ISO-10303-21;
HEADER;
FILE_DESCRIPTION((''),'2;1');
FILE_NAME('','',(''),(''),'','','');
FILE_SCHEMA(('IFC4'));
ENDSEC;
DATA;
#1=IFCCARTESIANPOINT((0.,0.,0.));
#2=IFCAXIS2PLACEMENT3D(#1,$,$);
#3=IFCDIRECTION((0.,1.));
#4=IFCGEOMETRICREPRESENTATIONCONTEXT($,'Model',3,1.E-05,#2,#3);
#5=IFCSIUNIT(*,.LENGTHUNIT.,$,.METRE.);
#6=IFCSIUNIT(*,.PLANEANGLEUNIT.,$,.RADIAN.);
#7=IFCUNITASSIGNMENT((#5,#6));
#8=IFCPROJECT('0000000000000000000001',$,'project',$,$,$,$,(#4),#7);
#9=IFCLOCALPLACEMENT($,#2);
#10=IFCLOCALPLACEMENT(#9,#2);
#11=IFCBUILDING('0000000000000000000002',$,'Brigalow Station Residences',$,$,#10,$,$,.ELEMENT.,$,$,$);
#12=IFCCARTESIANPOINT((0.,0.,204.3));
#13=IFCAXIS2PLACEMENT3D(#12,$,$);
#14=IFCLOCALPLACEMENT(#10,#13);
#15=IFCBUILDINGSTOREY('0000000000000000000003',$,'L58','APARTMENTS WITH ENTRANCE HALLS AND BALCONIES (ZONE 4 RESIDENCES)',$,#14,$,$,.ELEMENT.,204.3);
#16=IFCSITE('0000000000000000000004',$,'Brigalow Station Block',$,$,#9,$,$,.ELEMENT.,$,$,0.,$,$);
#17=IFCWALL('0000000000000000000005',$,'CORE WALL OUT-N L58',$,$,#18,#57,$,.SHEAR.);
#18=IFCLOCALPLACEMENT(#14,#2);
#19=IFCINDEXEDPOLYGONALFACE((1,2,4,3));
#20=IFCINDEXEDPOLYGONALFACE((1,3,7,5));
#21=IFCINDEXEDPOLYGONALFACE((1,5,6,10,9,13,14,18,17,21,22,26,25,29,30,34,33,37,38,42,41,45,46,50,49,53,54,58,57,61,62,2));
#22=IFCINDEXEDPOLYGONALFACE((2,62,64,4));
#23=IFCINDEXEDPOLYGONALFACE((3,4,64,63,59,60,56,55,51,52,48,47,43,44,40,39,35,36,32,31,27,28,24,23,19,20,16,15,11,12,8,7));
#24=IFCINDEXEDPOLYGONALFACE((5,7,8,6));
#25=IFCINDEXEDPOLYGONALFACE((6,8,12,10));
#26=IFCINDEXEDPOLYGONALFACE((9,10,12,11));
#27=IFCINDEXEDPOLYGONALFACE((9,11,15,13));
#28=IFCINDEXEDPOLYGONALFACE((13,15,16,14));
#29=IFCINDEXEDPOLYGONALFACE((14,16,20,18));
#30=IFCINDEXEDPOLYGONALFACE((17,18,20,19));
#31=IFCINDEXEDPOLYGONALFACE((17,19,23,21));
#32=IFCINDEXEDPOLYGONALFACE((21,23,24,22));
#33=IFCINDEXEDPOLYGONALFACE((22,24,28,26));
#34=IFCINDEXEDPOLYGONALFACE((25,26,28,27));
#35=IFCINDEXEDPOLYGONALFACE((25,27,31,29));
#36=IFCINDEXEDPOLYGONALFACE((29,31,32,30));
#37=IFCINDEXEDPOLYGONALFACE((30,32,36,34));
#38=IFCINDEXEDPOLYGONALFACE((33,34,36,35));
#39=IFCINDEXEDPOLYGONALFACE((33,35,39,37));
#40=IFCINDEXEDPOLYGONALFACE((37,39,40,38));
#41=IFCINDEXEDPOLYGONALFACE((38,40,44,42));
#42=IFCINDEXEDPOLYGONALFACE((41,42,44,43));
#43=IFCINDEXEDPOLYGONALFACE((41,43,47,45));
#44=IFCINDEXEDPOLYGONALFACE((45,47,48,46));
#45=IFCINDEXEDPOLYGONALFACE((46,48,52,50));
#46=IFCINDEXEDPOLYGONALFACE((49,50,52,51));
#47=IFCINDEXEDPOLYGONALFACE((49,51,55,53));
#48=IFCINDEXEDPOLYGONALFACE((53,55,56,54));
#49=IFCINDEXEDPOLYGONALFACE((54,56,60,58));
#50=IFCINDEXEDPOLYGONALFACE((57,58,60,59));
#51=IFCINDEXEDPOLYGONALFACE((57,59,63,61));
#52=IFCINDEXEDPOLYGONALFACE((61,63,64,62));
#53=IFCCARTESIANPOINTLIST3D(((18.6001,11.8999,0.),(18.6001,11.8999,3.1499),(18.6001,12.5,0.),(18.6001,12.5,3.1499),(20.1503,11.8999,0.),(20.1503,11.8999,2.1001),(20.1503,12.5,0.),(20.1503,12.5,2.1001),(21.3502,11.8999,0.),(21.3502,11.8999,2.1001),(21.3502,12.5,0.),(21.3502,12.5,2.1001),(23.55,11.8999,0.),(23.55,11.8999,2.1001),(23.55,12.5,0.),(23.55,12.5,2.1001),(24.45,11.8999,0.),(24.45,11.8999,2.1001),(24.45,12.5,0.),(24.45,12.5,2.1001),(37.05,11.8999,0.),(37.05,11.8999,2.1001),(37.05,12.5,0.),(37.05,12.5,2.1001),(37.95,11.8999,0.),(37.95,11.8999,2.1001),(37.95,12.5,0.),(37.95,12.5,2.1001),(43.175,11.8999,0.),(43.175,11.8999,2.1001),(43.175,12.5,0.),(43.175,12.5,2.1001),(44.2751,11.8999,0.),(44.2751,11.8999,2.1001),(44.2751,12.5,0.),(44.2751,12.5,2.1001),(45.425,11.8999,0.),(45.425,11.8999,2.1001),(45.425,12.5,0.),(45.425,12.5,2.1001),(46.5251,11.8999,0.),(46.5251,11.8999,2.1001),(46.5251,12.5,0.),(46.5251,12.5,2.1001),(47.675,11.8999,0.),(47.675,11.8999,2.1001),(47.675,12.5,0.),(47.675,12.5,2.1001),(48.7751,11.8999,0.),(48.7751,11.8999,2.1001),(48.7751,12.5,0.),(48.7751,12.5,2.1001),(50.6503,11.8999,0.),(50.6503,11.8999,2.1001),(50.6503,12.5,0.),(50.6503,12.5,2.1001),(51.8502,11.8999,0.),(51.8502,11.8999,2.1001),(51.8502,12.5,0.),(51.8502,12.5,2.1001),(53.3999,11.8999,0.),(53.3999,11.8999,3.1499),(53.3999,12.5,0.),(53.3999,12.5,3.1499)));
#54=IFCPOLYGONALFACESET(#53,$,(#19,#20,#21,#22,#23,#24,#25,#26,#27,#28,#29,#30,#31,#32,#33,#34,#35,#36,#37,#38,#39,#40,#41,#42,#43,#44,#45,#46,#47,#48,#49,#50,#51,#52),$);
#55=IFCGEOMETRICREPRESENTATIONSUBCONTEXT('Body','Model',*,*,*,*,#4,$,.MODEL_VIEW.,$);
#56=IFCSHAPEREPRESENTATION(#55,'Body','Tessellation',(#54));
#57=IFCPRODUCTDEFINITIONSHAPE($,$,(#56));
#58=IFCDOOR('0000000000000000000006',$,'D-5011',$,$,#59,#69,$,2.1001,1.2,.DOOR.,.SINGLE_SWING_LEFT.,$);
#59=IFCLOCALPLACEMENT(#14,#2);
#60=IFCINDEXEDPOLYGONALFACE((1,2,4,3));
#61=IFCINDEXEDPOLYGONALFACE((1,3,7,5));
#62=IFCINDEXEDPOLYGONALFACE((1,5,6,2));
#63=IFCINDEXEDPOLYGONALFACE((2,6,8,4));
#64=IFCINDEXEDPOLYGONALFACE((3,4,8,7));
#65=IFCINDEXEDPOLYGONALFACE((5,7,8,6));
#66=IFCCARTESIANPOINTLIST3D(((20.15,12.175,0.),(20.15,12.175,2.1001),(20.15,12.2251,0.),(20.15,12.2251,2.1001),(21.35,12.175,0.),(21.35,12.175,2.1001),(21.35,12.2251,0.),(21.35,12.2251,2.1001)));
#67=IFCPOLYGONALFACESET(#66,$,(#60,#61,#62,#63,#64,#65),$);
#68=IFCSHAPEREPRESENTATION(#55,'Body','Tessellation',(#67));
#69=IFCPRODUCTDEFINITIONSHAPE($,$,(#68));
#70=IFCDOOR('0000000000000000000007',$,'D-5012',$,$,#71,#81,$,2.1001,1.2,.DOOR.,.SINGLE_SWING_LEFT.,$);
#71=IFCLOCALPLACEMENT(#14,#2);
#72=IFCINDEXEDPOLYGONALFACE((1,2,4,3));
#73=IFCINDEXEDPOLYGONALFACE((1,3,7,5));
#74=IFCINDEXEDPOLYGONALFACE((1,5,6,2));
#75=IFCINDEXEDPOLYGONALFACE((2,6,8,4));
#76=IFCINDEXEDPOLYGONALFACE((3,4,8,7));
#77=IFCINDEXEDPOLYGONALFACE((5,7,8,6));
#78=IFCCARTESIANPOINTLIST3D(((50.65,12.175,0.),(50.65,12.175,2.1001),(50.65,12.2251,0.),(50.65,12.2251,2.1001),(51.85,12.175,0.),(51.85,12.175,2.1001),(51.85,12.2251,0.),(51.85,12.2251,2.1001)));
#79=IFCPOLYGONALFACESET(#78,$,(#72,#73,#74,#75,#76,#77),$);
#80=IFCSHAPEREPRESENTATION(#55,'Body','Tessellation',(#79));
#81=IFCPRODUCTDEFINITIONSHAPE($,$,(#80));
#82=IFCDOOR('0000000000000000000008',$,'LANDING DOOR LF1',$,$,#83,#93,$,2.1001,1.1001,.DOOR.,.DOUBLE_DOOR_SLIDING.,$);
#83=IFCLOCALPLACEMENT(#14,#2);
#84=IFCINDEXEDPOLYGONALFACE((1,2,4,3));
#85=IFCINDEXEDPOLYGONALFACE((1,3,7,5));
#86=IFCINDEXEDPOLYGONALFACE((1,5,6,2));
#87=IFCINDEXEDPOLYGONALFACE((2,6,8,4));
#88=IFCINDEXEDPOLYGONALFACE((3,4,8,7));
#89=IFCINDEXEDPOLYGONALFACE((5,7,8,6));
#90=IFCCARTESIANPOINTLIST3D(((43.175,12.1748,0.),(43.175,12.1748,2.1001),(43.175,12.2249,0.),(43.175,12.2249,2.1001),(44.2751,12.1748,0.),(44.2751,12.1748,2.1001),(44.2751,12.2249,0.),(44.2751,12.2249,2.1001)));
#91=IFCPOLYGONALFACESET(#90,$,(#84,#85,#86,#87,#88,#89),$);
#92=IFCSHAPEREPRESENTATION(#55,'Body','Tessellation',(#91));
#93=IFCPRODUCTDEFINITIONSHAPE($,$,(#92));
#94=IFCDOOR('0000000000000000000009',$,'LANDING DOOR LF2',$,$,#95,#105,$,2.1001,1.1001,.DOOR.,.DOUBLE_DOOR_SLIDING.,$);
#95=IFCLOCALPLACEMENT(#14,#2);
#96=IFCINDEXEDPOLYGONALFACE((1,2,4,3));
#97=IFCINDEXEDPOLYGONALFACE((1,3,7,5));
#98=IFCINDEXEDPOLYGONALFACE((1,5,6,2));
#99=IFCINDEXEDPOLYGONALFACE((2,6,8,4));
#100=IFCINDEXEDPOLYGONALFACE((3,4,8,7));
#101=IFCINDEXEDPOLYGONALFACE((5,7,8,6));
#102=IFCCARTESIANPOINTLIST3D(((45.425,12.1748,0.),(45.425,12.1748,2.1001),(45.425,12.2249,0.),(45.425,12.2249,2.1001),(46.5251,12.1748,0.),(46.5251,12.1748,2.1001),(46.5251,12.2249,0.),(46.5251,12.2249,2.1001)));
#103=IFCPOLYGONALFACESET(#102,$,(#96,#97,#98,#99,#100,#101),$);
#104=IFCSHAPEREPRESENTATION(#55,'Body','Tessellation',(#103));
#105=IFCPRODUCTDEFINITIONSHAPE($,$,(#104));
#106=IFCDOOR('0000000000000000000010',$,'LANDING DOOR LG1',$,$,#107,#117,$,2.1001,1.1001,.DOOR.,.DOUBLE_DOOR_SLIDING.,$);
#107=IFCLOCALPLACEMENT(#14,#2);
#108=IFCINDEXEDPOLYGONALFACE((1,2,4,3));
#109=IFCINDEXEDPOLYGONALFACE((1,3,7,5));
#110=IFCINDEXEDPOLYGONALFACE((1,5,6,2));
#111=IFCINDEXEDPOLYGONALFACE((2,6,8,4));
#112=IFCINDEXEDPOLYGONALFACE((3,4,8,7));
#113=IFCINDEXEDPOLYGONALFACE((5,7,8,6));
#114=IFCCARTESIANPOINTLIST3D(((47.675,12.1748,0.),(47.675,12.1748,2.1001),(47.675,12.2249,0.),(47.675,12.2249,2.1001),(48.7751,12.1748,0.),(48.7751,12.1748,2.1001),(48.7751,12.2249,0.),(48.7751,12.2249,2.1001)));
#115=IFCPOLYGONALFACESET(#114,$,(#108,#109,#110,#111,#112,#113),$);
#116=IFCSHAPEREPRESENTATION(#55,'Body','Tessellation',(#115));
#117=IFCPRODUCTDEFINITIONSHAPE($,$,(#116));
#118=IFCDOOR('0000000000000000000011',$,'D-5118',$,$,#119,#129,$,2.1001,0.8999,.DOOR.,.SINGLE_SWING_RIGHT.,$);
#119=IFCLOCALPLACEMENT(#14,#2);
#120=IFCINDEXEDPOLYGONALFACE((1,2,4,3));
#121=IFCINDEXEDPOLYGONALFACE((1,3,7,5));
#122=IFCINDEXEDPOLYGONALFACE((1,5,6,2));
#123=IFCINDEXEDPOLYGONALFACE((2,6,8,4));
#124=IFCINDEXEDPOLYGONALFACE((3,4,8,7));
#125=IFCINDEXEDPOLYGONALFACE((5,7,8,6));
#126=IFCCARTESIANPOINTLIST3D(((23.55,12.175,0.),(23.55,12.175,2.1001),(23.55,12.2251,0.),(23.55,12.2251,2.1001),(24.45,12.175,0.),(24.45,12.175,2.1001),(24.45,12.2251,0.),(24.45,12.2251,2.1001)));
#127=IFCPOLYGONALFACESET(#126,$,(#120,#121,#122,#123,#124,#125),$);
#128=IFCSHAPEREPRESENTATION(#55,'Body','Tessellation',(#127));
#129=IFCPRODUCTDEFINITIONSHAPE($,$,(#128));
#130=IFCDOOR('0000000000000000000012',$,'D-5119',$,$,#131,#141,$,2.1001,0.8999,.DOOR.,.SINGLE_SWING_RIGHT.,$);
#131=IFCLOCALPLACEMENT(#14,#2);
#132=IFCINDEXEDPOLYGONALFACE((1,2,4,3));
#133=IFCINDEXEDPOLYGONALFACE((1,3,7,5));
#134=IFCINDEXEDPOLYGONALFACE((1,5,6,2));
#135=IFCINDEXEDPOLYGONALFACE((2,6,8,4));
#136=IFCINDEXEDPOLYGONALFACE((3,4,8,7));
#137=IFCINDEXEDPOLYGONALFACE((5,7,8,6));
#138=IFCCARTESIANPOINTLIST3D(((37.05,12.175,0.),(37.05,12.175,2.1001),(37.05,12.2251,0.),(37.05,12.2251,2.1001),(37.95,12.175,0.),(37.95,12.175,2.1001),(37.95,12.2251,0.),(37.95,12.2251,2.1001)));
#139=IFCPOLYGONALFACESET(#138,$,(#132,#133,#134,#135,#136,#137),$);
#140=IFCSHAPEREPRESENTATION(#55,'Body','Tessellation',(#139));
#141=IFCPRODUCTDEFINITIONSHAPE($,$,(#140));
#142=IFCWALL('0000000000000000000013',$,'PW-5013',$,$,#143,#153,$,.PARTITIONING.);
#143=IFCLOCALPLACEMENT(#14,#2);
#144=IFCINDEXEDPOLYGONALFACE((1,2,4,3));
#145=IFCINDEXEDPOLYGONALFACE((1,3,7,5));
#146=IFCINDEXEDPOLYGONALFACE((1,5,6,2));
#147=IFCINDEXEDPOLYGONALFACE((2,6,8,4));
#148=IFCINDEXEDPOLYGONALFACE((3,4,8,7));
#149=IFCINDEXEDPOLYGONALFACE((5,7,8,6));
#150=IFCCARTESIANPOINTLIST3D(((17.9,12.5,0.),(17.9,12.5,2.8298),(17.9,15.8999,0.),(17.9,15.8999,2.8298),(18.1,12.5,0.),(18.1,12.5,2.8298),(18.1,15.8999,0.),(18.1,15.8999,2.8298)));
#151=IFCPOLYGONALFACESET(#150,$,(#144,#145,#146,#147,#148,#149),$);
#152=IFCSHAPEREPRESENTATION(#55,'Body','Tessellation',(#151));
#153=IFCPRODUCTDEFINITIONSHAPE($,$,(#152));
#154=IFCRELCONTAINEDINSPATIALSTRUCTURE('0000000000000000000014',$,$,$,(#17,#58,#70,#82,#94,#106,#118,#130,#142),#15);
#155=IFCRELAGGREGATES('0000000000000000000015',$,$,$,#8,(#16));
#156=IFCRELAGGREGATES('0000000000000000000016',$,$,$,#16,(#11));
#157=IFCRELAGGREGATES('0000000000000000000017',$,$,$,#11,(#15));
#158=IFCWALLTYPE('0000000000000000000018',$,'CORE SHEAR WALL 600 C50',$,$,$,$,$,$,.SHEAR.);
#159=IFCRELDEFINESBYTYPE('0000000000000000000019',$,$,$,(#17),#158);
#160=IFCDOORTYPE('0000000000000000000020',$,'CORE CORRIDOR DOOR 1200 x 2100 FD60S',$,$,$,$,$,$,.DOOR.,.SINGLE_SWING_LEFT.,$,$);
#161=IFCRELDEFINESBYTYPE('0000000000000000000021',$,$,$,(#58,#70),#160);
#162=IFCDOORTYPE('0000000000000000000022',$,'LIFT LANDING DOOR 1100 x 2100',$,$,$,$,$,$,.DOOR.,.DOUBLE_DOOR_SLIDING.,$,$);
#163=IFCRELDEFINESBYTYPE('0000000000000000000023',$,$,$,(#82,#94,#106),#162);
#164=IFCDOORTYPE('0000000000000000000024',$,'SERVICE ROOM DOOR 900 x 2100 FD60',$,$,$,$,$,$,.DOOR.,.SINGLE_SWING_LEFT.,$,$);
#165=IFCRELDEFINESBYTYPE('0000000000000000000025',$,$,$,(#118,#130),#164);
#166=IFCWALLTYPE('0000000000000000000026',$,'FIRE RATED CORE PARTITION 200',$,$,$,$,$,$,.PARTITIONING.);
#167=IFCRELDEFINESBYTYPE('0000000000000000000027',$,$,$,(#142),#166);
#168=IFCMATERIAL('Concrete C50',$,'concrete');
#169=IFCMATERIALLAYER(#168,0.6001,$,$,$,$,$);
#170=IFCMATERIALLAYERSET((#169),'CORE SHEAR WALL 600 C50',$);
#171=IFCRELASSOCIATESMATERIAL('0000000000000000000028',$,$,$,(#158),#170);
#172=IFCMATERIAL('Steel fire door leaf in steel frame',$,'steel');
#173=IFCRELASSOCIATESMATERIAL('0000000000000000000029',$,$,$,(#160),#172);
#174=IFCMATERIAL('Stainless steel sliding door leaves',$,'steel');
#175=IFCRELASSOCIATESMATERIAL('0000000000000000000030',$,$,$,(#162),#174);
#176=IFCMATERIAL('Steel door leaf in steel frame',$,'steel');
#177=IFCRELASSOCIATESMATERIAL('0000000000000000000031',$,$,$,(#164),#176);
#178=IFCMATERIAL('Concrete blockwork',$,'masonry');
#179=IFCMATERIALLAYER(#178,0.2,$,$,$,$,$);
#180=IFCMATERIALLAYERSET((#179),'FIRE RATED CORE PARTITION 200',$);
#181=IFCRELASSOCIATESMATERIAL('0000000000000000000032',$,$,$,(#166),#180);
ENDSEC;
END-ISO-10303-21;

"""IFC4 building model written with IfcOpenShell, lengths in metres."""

from ifc_helpers import new_model, si_unit, direction, frame, frame_2d, origin, place, context, subcontext, project, spatial, rectangle, extrude, material, layer, layer_set, type_object, element, fill, save


model = new_model("IFC4")

# Units and contexts
model_context = context("Model", 3, precision=1e-05, world=origin(), true_north=direction((0.0, 1.0)))
body_context = subcontext(model_context, "Body", "Model", "MODEL_VIEW")
ifc_project = project(units=[si_unit("LENGTHUNIT", "METRE"), si_unit("PLANEANGLEUNIT", "RADIAN")], contexts=[model_context])

# Site, building, storey
site_placement = place(None, origin())
site = spatial("IfcSite", under=ifc_project, at=site_placement, Name="Brigalow Station Block", CompositionType="ELEMENT", RefElevation=0.0)
building_placement = place(site_placement, origin())
building = spatial("IfcBuilding", under=site, at=building_placement, Name="Brigalow Station Residences", CompositionType="ELEMENT")
storey_placement = place(building_placement, frame((0.0, 0.0, 204.3)))
storey = spatial("IfcBuildingStorey", under=building, at=storey_placement, Name="L58", Description="APARTMENTS WITH ENTRANCE HALLS AND BALCONIES (ZONE 4 RESIDENCES)", CompositionType="ELEMENT", Elevation=204.3)

# Wall, openings, doors
ifc_material_1 = material(Name="Concrete C50", Category="concrete")
ifc_layer_1 = layer(ifc_material_1, 0.6001)
ifc_layer_set_1 = layer_set([ifc_layer_1], Name="CORE SHEAR WALL 600 C50")
wall_type_1 = type_object("IfcWallType", Name="CORE SHEAR WALL 600 C50", PredefinedType="SHEAR", material=ifc_layer_set_1)
wall_1_placement = place(storey_placement, frame((18.6001, 12.2, 0.0), z_axis=(0.0, 0.0, 1.0), x_axis=(1.0, 0.0, 0.0)))
wall_1 = element("IfcWall", 1, at=wall_1_placement, inside=storey, type_object=wall_type_1, Name="CORE WALL OUT-N L58", PredefinedType="SHEAR", context=body_context, shape_type="SweptSolid", body=[
    extrude(rectangle(XDim=34.7998, YDim=0.6001, at=frame_2d((17.3999, 0.0))), origin(), (0.0, 0.0, 1.0), 3.1499),
])
opening_1_placement = place(wall_1_placement, frame((24.575, 0.0, 0.0)))
opening_1 = element("IfcOpeningElement", 2, at=opening_1_placement, cuts=wall_1, PredefinedType="OPENING", context=body_context, shape_type="SweptSolid", body=[
    extrude(rectangle(XDim=1.1001, YDim=2.1001, at=frame_2d((0.55, 1.05))), frame((0.0, 0.3101, 0.0), z_axis=(0.0, -1.0, 0.0), x_axis=(1.0, 0.0, 0.0)), (0.0, 0.0, 1.0), 0.6201),
])
opening_2_placement = place(wall_1_placement, frame((26.825, 0.0, 0.0)))
opening_2 = element("IfcOpeningElement", 3, at=opening_2_placement, cuts=wall_1, PredefinedType="OPENING", context=body_context, shape_type="SweptSolid", body=[
    extrude(rectangle(XDim=1.1001, YDim=2.1001, at=frame_2d((0.55, 1.05))), frame((0.0, 0.3101, 0.0), z_axis=(0.0, -1.0, 0.0), x_axis=(1.0, 0.0, 0.0)), (0.0, 0.0, 1.0), 0.6201),
])
opening_3_placement = place(wall_1_placement, frame((29.075, 0.0, 0.0)))
opening_3 = element("IfcOpeningElement", 4, at=opening_3_placement, cuts=wall_1, PredefinedType="OPENING", context=body_context, shape_type="SweptSolid", body=[
    extrude(rectangle(XDim=1.1001, YDim=2.1001, at=frame_2d((0.55, 1.05))), frame((0.0, 0.3101, 0.0), z_axis=(0.0, -1.0, 0.0), x_axis=(1.0, 0.0, 0.0)), (0.0, 0.0, 1.0), 0.6201),
])
opening_4_placement = place(wall_1_placement, frame((4.95, 0.0, 0.0)))
opening_4 = element("IfcOpeningElement", 5, at=opening_4_placement, cuts=wall_1, PredefinedType="OPENING", context=body_context, shape_type="SweptSolid", body=[
    extrude(rectangle(XDim=0.8999, YDim=2.1001, at=frame_2d((0.45, 1.05))), frame((0.0, 0.3101, 0.0), z_axis=(0.0, -1.0, 0.0), x_axis=(1.0, 0.0, 0.0)), (0.0, 0.0, 1.0), 0.6201),
])
opening_5_placement = place(wall_1_placement, frame((18.45, 0.0, 0.0)))
opening_5 = element("IfcOpeningElement", 6, at=opening_5_placement, cuts=wall_1, PredefinedType="OPENING", context=body_context, shape_type="SweptSolid", body=[
    extrude(rectangle(XDim=0.8999, YDim=2.1001, at=frame_2d((0.45, 1.05))), frame((0.0, 0.3101, 0.0), z_axis=(0.0, -1.0, 0.0), x_axis=(1.0, 0.0, 0.0)), (0.0, 0.0, 1.0), 0.6201),
])
opening_6_placement = place(wall_1_placement, frame((1.55, 0.0, 0.0)))
opening_6 = element("IfcOpeningElement", 7, at=opening_6_placement, cuts=wall_1, PredefinedType="OPENING", context=body_context, shape_type="SweptSolid", body=[
    extrude(rectangle(XDim=1.2, YDim=2.1001, at=frame_2d((0.6001, 1.05))), frame((0.0, 0.3101, 0.0), z_axis=(0.0, -1.0, 0.0), x_axis=(1.0, 0.0, 0.0)), (0.0, 0.0, 1.0), 0.6201),
])
opening_7_placement = place(wall_1_placement, frame((32.05, 0.0, 0.0)))
opening_7 = element("IfcOpeningElement", 8, at=opening_7_placement, cuts=wall_1, PredefinedType="OPENING", context=body_context, shape_type="SweptSolid", body=[
    extrude(rectangle(XDim=1.2, YDim=2.1001, at=frame_2d((0.6001, 1.05))), frame((0.0, 0.3101, 0.0), z_axis=(0.0, -1.0, 0.0), x_axis=(1.0, 0.0, 0.0)), (0.0, 0.0, 1.0), 0.6201),
])
ifc_material_2 = material(Name="Steel fire door leaf in steel frame", Category="steel")
door_type_1 = type_object("IfcDoorType", Name="CORE CORRIDOR DOOR 1200 x 2100 FD60S", OperationType="SINGLE_SWING_LEFT", PredefinedType="DOOR", material=ifc_material_2)
door_1_placement = place(opening_6_placement, frame((1.2, 0.0, 0.0), z_axis=(0.0, 0.0, 1.0), x_axis=(-1.0, 0.0, 0.0)))
door_1 = element("IfcDoor", 9, at=door_1_placement, inside=storey, type_object=door_type_1, Name="D-5011", OperationType="SINGLE_SWING_LEFT", OverallHeight=2.1001, OverallWidth=1.2, PredefinedType="DOOR", context=body_context, shape_type="SweptSolid", body=[
    extrude(rectangle(XDim=1.2, YDim=2.1001, at=frame_2d((0.6001, 1.05))), frame((0.0, 0.0249, 0.0), z_axis=(0.0, -1.0, 0.0), x_axis=(1.0, 0.0, 0.0)), (0.0, 0.0, 1.0), 0.05),
])
fill(opening_6, door_1)
door_2_placement = place(opening_7_placement, frame((1.2, 0.0, 0.0), z_axis=(0.0, 0.0, 1.0), x_axis=(-1.0, 0.0, 0.0)))
door_2 = element("IfcDoor", 10, at=door_2_placement, inside=storey, type_object=door_type_1, Name="D-5012", OperationType="SINGLE_SWING_LEFT", OverallHeight=2.1001, OverallWidth=1.2, PredefinedType="DOOR", context=body_context, shape_type="SweptSolid", body=[
    extrude(rectangle(XDim=1.2, YDim=2.1001, at=frame_2d((0.6001, 1.05))), frame((0.0, 0.0249, 0.0), z_axis=(0.0, -1.0, 0.0), x_axis=(1.0, 0.0, 0.0)), (0.0, 0.0, 1.0), 0.05),
])
fill(opening_7, door_2)
ifc_material_3 = material(Name="Stainless steel sliding door leaves", Category="steel")
door_type_2 = type_object("IfcDoorType", Name="LIFT LANDING DOOR 1100 x 2100", OperationType="DOUBLE_DOOR_SLIDING", PredefinedType="DOOR", material=ifc_material_3)
door_3_placement = place(opening_1_placement, origin())
door_3 = element("IfcDoor", 11, at=door_3_placement, inside=storey, type_object=door_type_2, Name="LANDING DOOR LF1", OperationType="DOUBLE_DOOR_SLIDING", OverallHeight=2.1001, OverallWidth=1.1001, PredefinedType="DOOR", context=body_context, shape_type="SweptSolid", body=[
    extrude(rectangle(XDim=1.1001, YDim=2.1001, at=frame_2d((0.55, 1.05))), frame((0.0, 0.0249, 0.0), z_axis=(0.0, -1.0, 0.0), x_axis=(1.0, 0.0, 0.0)), (0.0, 0.0, 1.0), 0.05),
])
fill(opening_1, door_3)
door_4_placement = place(opening_2_placement, origin())
door_4 = element("IfcDoor", 12, at=door_4_placement, inside=storey, type_object=door_type_2, Name="LANDING DOOR LF2", OperationType="DOUBLE_DOOR_SLIDING", OverallHeight=2.1001, OverallWidth=1.1001, PredefinedType="DOOR", context=body_context, shape_type="SweptSolid", body=[
    extrude(rectangle(XDim=1.1001, YDim=2.1001, at=frame_2d((0.55, 1.05))), frame((0.0, 0.0249, 0.0), z_axis=(0.0, -1.0, 0.0), x_axis=(1.0, 0.0, 0.0)), (0.0, 0.0, 1.0), 0.05),
])
fill(opening_2, door_4)
door_5_placement = place(opening_3_placement, origin())
door_5 = element("IfcDoor", 13, at=door_5_placement, inside=storey, type_object=door_type_2, Name="LANDING DOOR LG1", OperationType="DOUBLE_DOOR_SLIDING", OverallHeight=2.1001, OverallWidth=1.1001, PredefinedType="DOOR", context=body_context, shape_type="SweptSolid", body=[
    extrude(rectangle(XDim=1.1001, YDim=2.1001, at=frame_2d((0.55, 1.05))), frame((0.0, 0.0249, 0.0), z_axis=(0.0, -1.0, 0.0), x_axis=(1.0, 0.0, 0.0)), (0.0, 0.0, 1.0), 0.05),
])
fill(opening_3, door_5)
ifc_material_4 = material(Name="Steel door leaf in steel frame", Category="steel")
door_type_3 = type_object("IfcDoorType", Name="SERVICE ROOM DOOR 900 x 2100 FD60", OperationType="SINGLE_SWING_LEFT", PredefinedType="DOOR", material=ifc_material_4)
door_6_placement = place(opening_4_placement, frame((0.8999, 0.0, 0.0), z_axis=(0.0, 0.0, 1.0), x_axis=(-1.0, 0.0, 0.0)))
door_6 = element("IfcDoor", 14, at=door_6_placement, inside=storey, type_object=door_type_3, Name="D-5118", OperationType="SINGLE_SWING_RIGHT", OverallHeight=2.1001, OverallWidth=0.8999, PredefinedType="DOOR", context=body_context, shape_type="SweptSolid", body=[
    extrude(rectangle(XDim=0.8999, YDim=2.1001, at=frame_2d((0.45, 1.05))), frame((0.0, 0.0249, 0.0), z_axis=(0.0, -1.0, 0.0), x_axis=(1.0, 0.0, 0.0)), (0.0, 0.0, 1.0), 0.05),
])
fill(opening_4, door_6)
door_7_placement = place(opening_5_placement, frame((0.8999, 0.0, 0.0), z_axis=(0.0, 0.0, 1.0), x_axis=(-1.0, 0.0, 0.0)))
door_7 = element("IfcDoor", 15, at=door_7_placement, inside=storey, type_object=door_type_3, Name="D-5119", OperationType="SINGLE_SWING_RIGHT", OverallHeight=2.1001, OverallWidth=0.8999, PredefinedType="DOOR", context=body_context, shape_type="SweptSolid", body=[
    extrude(rectangle(XDim=0.8999, YDim=2.1001, at=frame_2d((0.45, 1.05))), frame((0.0, 0.0249, 0.0), z_axis=(0.0, -1.0, 0.0), x_axis=(1.0, 0.0, 0.0)), (0.0, 0.0, 1.0), 0.05),
])
fill(opening_5, door_7)

# Wall
ifc_material_5 = material(Name="Concrete blockwork", Category="masonry")
ifc_layer_2 = layer(ifc_material_5, 0.2)
ifc_layer_set_2 = layer_set([ifc_layer_2], Name="FIRE RATED CORE PARTITION 200")
wall_type_2 = type_object("IfcWallType", Name="FIRE RATED CORE PARTITION 200", PredefinedType="PARTITIONING", material=ifc_layer_set_2)
wall_2_placement = place(storey_placement, frame((18.0, 12.5, 0.0), z_axis=(0.0, 0.0, 1.0), x_axis=(0.0, 1.0, 0.0)))
element("IfcWall", 16, at=wall_2_placement, inside=storey, type_object=wall_type_2, Name="PW-5013", PredefinedType="PARTITIONING", context=body_context, shape_type="SweptSolid", body=[
    extrude(rectangle(XDim=3.3999, YDim=0.2, at=frame_2d((1.7, 0.0))), origin(), (0.0, 0.0, 1.0), 2.8298),
])

save(model, "model.ifc")
